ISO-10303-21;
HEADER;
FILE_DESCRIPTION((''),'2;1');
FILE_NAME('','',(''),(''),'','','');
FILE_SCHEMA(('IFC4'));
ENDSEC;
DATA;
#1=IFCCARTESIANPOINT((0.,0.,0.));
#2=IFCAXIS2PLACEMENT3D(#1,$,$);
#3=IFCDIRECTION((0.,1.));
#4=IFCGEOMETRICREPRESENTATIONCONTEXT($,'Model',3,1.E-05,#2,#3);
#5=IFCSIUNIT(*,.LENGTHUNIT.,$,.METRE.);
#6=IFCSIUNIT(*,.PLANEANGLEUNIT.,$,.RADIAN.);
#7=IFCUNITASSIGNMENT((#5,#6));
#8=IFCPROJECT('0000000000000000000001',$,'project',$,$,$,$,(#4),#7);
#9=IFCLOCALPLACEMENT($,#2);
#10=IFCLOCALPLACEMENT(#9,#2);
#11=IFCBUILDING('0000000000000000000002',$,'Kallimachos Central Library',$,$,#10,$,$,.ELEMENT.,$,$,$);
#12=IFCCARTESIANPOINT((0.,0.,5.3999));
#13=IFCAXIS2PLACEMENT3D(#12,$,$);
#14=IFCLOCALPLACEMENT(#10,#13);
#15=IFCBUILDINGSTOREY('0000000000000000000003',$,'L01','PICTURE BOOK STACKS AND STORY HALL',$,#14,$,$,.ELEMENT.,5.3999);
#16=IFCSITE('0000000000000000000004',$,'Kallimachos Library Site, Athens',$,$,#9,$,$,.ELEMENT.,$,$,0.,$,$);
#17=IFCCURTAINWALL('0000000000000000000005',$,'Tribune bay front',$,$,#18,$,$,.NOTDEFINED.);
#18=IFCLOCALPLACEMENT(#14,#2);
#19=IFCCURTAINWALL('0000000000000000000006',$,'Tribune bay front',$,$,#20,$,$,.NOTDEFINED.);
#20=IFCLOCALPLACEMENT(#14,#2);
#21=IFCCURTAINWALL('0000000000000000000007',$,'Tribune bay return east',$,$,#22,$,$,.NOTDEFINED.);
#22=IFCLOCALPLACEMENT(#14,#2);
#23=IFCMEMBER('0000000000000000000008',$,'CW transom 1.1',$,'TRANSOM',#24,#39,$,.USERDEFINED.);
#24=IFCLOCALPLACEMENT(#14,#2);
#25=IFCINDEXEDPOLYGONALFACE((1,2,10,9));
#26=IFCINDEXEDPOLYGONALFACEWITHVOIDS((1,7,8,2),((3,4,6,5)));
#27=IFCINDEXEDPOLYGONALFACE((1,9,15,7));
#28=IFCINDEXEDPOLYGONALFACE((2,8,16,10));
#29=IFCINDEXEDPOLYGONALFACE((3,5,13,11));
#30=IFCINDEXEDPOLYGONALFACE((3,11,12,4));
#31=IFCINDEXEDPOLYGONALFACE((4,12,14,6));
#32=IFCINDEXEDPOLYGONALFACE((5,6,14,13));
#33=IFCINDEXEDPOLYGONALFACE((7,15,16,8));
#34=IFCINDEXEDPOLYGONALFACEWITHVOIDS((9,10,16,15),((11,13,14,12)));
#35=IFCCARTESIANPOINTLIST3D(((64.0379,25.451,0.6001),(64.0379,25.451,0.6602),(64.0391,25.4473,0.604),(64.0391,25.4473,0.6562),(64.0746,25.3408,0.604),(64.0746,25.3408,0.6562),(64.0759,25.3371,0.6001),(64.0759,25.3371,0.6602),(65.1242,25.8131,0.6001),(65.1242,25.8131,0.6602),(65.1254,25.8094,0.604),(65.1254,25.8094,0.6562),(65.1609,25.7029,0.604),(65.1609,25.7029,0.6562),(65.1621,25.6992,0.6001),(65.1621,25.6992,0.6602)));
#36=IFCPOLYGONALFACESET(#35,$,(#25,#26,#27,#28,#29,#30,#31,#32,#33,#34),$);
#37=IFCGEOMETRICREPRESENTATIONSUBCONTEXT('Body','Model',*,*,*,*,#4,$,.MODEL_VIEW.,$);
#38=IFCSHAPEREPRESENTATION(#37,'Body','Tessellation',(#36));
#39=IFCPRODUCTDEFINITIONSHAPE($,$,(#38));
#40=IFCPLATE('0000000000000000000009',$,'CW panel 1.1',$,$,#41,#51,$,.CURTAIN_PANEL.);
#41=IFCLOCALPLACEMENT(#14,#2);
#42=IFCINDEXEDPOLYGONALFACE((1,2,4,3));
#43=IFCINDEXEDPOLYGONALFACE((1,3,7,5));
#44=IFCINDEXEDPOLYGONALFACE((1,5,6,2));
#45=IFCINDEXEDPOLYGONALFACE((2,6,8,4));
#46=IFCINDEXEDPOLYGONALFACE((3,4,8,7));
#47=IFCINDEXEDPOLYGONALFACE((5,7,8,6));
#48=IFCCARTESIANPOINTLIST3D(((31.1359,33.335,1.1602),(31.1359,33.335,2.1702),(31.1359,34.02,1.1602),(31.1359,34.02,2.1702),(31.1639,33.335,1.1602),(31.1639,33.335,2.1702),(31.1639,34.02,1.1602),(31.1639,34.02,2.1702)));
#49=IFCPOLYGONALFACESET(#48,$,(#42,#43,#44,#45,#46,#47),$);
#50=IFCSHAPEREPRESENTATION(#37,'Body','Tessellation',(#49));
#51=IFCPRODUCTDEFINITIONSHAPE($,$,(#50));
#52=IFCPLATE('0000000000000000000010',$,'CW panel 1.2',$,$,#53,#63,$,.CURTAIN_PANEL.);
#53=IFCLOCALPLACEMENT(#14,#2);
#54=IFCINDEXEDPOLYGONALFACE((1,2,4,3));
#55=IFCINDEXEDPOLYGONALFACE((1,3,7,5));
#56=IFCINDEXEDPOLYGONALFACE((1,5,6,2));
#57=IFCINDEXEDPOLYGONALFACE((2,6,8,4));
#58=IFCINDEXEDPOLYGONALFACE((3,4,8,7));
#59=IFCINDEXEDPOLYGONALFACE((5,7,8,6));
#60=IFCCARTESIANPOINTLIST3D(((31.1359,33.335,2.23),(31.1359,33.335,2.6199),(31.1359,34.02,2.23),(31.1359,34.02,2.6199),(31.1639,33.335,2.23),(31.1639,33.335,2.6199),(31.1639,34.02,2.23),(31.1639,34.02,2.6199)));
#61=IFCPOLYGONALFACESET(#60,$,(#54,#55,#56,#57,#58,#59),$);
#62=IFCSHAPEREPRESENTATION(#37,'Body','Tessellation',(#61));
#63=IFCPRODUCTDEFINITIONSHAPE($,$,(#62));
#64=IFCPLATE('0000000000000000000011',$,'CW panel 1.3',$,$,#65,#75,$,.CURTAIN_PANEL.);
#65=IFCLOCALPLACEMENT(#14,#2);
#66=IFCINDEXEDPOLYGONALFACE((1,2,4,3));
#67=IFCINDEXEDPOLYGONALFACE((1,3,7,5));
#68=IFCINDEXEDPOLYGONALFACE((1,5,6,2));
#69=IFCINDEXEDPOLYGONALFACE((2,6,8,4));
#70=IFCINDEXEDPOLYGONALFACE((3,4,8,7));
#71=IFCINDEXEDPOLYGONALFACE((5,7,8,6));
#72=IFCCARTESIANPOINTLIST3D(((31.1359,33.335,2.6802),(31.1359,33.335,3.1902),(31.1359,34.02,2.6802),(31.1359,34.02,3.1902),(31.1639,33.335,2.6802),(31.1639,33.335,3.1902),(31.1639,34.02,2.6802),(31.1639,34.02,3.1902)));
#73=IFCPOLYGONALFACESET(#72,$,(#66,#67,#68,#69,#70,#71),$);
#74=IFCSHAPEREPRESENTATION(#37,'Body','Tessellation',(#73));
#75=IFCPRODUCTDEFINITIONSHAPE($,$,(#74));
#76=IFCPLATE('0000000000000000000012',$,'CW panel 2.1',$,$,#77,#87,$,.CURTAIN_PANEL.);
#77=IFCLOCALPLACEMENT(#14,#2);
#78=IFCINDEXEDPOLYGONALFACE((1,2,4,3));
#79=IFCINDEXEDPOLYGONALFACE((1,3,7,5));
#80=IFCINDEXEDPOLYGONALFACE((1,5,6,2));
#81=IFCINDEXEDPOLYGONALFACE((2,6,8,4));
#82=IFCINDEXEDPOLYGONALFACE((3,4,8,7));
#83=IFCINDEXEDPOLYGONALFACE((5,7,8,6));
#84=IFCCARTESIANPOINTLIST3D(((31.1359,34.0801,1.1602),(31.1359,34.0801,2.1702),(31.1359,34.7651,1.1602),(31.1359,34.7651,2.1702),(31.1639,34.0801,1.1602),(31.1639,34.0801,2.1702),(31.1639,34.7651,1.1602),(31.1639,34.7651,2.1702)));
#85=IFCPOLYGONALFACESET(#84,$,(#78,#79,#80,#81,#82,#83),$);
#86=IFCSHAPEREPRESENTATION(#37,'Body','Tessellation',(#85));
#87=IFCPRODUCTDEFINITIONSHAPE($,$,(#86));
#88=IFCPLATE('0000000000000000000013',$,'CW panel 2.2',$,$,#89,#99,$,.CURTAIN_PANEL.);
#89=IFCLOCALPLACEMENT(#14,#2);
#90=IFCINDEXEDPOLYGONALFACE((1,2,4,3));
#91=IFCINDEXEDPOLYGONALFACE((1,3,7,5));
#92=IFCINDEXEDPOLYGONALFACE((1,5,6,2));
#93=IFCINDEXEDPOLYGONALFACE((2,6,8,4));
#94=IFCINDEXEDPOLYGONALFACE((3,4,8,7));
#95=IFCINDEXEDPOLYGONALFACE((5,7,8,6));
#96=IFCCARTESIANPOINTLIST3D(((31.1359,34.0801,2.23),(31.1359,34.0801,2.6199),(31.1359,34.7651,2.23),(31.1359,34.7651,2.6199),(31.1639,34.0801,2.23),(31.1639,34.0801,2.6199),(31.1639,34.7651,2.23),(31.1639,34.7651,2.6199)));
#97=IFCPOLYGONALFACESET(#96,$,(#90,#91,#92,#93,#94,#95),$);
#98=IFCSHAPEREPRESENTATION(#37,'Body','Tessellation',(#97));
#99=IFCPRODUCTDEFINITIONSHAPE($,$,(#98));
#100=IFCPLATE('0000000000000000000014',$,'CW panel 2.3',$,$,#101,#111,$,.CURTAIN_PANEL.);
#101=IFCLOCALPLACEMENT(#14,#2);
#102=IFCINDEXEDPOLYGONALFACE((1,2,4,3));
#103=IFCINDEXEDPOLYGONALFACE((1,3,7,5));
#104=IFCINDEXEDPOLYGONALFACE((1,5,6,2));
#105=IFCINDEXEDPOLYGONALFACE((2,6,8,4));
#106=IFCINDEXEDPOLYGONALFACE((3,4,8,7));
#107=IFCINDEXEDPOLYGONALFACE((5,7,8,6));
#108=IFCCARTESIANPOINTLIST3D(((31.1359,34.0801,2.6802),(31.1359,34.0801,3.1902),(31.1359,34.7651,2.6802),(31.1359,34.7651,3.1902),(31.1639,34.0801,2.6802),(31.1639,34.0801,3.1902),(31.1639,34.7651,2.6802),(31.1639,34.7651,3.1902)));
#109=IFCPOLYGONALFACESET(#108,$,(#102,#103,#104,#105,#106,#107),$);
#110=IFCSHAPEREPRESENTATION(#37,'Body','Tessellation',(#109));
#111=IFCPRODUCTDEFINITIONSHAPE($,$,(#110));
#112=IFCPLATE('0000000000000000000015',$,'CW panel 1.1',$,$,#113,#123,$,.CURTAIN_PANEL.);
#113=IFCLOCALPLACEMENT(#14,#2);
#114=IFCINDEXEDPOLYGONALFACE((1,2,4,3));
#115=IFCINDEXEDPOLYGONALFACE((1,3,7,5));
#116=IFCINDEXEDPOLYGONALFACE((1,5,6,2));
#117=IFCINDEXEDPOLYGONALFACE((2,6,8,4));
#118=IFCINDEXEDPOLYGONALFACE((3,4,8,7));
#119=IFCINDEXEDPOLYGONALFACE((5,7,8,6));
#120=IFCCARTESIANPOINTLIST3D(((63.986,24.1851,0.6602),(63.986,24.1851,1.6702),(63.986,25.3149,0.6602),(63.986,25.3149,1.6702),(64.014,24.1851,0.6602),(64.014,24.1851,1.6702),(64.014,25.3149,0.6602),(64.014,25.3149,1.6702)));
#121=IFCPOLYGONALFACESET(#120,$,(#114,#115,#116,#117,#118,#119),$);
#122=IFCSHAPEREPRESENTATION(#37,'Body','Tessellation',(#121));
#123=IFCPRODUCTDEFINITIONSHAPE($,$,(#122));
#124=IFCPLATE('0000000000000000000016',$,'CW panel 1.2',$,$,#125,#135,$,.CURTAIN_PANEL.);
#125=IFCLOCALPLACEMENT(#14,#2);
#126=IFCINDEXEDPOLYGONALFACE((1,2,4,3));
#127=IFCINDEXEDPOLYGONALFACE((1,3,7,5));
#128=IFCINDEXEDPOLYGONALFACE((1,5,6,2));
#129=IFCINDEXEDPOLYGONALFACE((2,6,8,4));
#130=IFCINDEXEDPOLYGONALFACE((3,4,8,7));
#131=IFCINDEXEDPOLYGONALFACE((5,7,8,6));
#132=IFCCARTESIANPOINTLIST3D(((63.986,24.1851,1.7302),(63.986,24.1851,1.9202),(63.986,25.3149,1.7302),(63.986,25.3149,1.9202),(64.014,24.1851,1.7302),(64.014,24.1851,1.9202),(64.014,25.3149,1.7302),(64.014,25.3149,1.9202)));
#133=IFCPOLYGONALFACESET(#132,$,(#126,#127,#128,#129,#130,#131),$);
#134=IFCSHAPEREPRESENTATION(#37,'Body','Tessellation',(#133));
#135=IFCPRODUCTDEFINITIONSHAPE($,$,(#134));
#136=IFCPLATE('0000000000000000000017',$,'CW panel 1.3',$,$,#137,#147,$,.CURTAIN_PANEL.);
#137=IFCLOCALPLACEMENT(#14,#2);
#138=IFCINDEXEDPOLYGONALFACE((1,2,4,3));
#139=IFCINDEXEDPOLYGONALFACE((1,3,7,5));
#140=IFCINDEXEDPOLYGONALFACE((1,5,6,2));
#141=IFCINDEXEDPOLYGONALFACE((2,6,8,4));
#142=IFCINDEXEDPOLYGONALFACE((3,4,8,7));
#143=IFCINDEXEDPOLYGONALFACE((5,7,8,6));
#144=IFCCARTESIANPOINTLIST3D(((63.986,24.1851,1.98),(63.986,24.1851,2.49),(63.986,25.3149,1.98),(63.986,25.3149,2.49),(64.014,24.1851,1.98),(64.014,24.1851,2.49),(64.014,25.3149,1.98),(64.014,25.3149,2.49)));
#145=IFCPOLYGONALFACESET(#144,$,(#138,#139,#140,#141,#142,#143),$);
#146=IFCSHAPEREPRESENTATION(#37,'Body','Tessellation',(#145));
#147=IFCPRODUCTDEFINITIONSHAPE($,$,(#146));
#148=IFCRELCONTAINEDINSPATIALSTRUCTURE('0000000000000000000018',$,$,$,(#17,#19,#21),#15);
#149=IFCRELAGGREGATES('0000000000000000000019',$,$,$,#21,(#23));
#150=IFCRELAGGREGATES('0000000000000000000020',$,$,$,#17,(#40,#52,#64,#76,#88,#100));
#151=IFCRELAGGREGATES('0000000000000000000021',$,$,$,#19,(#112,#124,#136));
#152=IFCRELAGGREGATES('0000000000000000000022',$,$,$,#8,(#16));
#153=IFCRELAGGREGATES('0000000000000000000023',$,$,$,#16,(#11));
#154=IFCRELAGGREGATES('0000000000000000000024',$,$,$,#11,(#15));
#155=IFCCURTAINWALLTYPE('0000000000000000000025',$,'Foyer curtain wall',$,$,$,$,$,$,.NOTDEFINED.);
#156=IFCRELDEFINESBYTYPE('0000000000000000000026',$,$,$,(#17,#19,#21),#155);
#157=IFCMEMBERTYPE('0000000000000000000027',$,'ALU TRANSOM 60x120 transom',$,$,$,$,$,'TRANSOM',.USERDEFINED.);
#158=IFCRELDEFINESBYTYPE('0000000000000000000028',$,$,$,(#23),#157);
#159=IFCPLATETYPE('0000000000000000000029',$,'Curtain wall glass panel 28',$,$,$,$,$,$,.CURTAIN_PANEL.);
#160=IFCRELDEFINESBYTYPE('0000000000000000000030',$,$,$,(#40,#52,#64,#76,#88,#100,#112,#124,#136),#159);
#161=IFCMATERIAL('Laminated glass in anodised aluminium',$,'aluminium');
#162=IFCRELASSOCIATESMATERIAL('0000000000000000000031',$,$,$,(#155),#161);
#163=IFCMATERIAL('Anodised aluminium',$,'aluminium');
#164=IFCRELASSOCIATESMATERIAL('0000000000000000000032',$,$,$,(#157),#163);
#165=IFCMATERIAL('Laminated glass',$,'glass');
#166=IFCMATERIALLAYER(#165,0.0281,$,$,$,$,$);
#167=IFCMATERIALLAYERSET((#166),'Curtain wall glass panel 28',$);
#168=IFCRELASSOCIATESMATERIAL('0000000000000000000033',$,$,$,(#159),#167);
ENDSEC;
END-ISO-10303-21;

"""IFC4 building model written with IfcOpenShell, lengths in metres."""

from ifc_helpers import new_model, si_unit, direction, frame, origin, origin_2d, place, context, subcontext, project, spatial, rectangle, hollow_rectangle, extrude, material, layer, layer_set, material_profile, profile_set, type_object, element, aggregate, save


model = new_model("IFC4")

# Units and contexts
model_context = context("Model", 3, precision=1e-05, world=origin(), true_north=direction((0.0, 1.0)))
body_context = subcontext(model_context, "Body", "Model", "MODEL_VIEW")
ifc_project = project(units=[si_unit("LENGTHUNIT", "METRE"), si_unit("PLANEANGLEUNIT", "RADIAN")], contexts=[model_context])

# Site, building, storey
site_placement = place(None, origin())
site = spatial("IfcSite", under=ifc_project, at=site_placement, Name="Kallimachos Library Site, Athens", CompositionType="ELEMENT", RefElevation=0.0)
building_placement = place(site_placement, origin())
building = spatial("IfcBuilding", under=site, at=building_placement, Name="Kallimachos Central Library", CompositionType="ELEMENT")
storey_placement = place(building_placement, frame((0.0, 0.0, 5.3999)))
storey = spatial("IfcBuildingStorey", under=building, at=storey_placement, Name="L01", Description="PICTURE BOOK STACKS AND STORY HALL", CompositionType="ELEMENT", Elevation=5.3999)

# Curtain wall
ifc_material_1 = material(Name="Laminated glass in anodised aluminium", Category="aluminium")
curtain_wall_type = type_object("IfcCurtainWallType", Name="Foyer curtain wall", PredefinedType="NOTDEFINED", material=ifc_material_1)
curtain_wall_1_placement = place(storey_placement, origin())
curtain_wall_1 = element("IfcCurtainWall", 1, at=curtain_wall_1_placement, inside=storey, type_object=curtain_wall_type, Name="Tribune bay front", PredefinedType="NOTDEFINED")

# Curtain walls
curtain_wall_2_placement = place(storey_placement, origin())
curtain_wall_2 = element("IfcCurtainWall", 2, at=curtain_wall_2_placement, inside=storey, type_object=curtain_wall_type, Name="Tribune bay front", PredefinedType="NOTDEFINED")
curtain_wall_3_placement = place(storey_placement, origin())
curtain_wall_3 = element("IfcCurtainWall", 3, at=curtain_wall_3_placement, inside=storey, type_object=curtain_wall_type, Name="Tribune bay return east", PredefinedType="NOTDEFINED")

# Member
ifc_material_2 = material(Name="Anodised aluminium", Category="aluminium")
ifc_material_profile_1 = material_profile(ifc_material_2, hollow_rectangle(XDim=0.0601, YDim=0.1201, WallThickness=0.0039, at=origin_2d()), Name="ALU TRANSOM 60x120")
ifc_profile_set_1 = profile_set([ifc_material_profile_1], Name="Anodised aluminium")
member_type_1 = type_object("IfcMemberType", Name="ALU TRANSOM 60x120 transom", ElementType="TRANSOM", PredefinedType="USERDEFINED", material=ifc_profile_set_1)
member_1_placement = place(storey_placement, frame((64.0569, 25.394, 0.6301), z_axis=(0.948683, 0.316228, 0.0), x_axis=(0.0, 0.0, 1.0)))
member_1 = element("IfcMember", 4, at=member_1_placement, type_object=member_type_1, Name="CW transom 1.1", ObjectType="TRANSOM", PredefinedType="USERDEFINED", context=body_context, shape_type="SweptSolid", body=[
    extrude(hollow_rectangle(XDim=0.0601, YDim=0.1201, WallThickness=0.0039, at=origin_2d()), origin(), (0.0, 0.0, 1.0), 1.145),
])
aggregate(curtain_wall_3, [member_1])

# Plates
ifc_material_3 = material(Name="Laminated glass", Category="glass")
ifc_layer = layer(ifc_material_3, 0.0281)
ifc_layer_set = layer_set([ifc_layer], Name="Curtain wall glass panel 28")
plate_type = type_object("IfcPlateType", Name="Curtain wall glass panel 28", PredefinedType="CURTAIN_PANEL", material=ifc_layer_set)
plate_1_placement = place(storey_placement, frame((31.1499, 33.6775, 1.1602), z_axis=(0.0, 0.0, 1.0), x_axis=(0.0, 1.0, 0.0)))
plate_1 = element("IfcPlate", 5, at=plate_1_placement, type_object=plate_type, Name="CW panel 1.1", PredefinedType="CURTAIN_PANEL", context=body_context, shape_type="SweptSolid", body=[
    extrude(rectangle(XDim=0.6851, YDim=0.0281, at=origin_2d()), origin(), (0.0, 0.0, 1.0), 1.01),
])
plate_2_placement = place(storey_placement, frame((31.1499, 33.6775, 2.23), z_axis=(0.0, 0.0, 1.0), x_axis=(0.0, 1.0, 0.0)))
plate_2 = element("IfcPlate", 6, at=plate_2_placement, type_object=plate_type, Name="CW panel 1.2", PredefinedType="CURTAIN_PANEL", context=body_context, shape_type="SweptSolid", body=[
    extrude(rectangle(XDim=0.6851, YDim=0.0281, at=origin_2d()), origin(), (0.0, 0.0, 1.0), 0.3899),
])
plate_3_placement = place(storey_placement, frame((31.1499, 33.6775, 2.6802), z_axis=(0.0, 0.0, 1.0), x_axis=(0.0, 1.0, 0.0)))
plate_3 = element("IfcPlate", 7, at=plate_3_placement, type_object=plate_type, Name="CW panel 1.3", PredefinedType="CURTAIN_PANEL", context=body_context, shape_type="SweptSolid", body=[
    extrude(rectangle(XDim=0.6851, YDim=0.0281, at=origin_2d()), origin(), (0.0, 0.0, 1.0), 0.51),
])
plate_4_placement = place(storey_placement, frame((31.1499, 34.4226, 1.1602), z_axis=(0.0, 0.0, 1.0), x_axis=(0.0, 1.0, 0.0)))
plate_4 = element("IfcPlate", 8, at=plate_4_placement, type_object=plate_type, Name="CW panel 2.1", PredefinedType="CURTAIN_PANEL", context=body_context, shape_type="SweptSolid", body=[
    extrude(rectangle(XDim=0.6851, YDim=0.0281, at=origin_2d()), origin(), (0.0, 0.0, 1.0), 1.01),
])
plate_5_placement = place(storey_placement, frame((31.1499, 34.4226, 2.23), z_axis=(0.0, 0.0, 1.0), x_axis=(0.0, 1.0, 0.0)))
plate_5 = element("IfcPlate", 9, at=plate_5_placement, type_object=plate_type, Name="CW panel 2.2", PredefinedType="CURTAIN_PANEL", context=body_context, shape_type="SweptSolid", body=[
    extrude(rectangle(XDim=0.6851, YDim=0.0281, at=origin_2d()), origin(), (0.0, 0.0, 1.0), 0.3899),
])
plate_6_placement = place(storey_placement, frame((31.1499, 34.4226, 2.6802), z_axis=(0.0, 0.0, 1.0), x_axis=(0.0, 1.0, 0.0)))
plate_6 = element("IfcPlate", 10, at=plate_6_placement, type_object=plate_type, Name="CW panel 2.3", PredefinedType="CURTAIN_PANEL", context=body_context, shape_type="SweptSolid", body=[
    extrude(rectangle(XDim=0.6851, YDim=0.0281, at=origin_2d()), origin(), (0.0, 0.0, 1.0), 0.51),
])
aggregate(curtain_wall_1, [plate_1, plate_2, plate_3, plate_4, plate_5, plate_6])
plate_7_placement = place(storey_placement, frame((64.0, 24.75, 0.6602), z_axis=(0.0, 0.0, 1.0), x_axis=(0.0, 1.0, 0.0)))
plate_7 = element("IfcPlate", 11, at=plate_7_placement, type_object=plate_type, Name="CW panel 1.1", PredefinedType="CURTAIN_PANEL", context=body_context, shape_type="SweptSolid", body=[
    extrude(rectangle(XDim=1.1299, YDim=0.0281, at=origin_2d()), origin(), (0.0, 0.0, 1.0), 1.01),
])
plate_8_placement = place(storey_placement, frame((64.0, 24.75, 1.7302), z_axis=(0.0, 0.0, 1.0), x_axis=(0.0, 1.0, 0.0)))
plate_8 = element("IfcPlate", 12, at=plate_8_placement, type_object=plate_type, Name="CW panel 1.2", PredefinedType="CURTAIN_PANEL", context=body_context, shape_type="SweptSolid", body=[
    extrude(rectangle(XDim=1.1299, YDim=0.0281, at=origin_2d()), origin(), (0.0, 0.0, 1.0), 0.1899),
])
plate_9_placement = place(storey_placement, frame((64.0, 24.75, 1.98), z_axis=(0.0, 0.0, 1.0), x_axis=(0.0, 1.0, 0.0)))
plate_9 = element("IfcPlate", 13, at=plate_9_placement, type_object=plate_type, Name="CW panel 1.3", PredefinedType="CURTAIN_PANEL", context=body_context, shape_type="SweptSolid", body=[
    extrude(rectangle(XDim=1.1299, YDim=0.0281, at=origin_2d()), origin(), (0.0, 0.0, 1.0), 0.51),
])
aggregate(curtain_wall_2, [plate_7, plate_8, plate_9])

save(model, "model.ifc")
